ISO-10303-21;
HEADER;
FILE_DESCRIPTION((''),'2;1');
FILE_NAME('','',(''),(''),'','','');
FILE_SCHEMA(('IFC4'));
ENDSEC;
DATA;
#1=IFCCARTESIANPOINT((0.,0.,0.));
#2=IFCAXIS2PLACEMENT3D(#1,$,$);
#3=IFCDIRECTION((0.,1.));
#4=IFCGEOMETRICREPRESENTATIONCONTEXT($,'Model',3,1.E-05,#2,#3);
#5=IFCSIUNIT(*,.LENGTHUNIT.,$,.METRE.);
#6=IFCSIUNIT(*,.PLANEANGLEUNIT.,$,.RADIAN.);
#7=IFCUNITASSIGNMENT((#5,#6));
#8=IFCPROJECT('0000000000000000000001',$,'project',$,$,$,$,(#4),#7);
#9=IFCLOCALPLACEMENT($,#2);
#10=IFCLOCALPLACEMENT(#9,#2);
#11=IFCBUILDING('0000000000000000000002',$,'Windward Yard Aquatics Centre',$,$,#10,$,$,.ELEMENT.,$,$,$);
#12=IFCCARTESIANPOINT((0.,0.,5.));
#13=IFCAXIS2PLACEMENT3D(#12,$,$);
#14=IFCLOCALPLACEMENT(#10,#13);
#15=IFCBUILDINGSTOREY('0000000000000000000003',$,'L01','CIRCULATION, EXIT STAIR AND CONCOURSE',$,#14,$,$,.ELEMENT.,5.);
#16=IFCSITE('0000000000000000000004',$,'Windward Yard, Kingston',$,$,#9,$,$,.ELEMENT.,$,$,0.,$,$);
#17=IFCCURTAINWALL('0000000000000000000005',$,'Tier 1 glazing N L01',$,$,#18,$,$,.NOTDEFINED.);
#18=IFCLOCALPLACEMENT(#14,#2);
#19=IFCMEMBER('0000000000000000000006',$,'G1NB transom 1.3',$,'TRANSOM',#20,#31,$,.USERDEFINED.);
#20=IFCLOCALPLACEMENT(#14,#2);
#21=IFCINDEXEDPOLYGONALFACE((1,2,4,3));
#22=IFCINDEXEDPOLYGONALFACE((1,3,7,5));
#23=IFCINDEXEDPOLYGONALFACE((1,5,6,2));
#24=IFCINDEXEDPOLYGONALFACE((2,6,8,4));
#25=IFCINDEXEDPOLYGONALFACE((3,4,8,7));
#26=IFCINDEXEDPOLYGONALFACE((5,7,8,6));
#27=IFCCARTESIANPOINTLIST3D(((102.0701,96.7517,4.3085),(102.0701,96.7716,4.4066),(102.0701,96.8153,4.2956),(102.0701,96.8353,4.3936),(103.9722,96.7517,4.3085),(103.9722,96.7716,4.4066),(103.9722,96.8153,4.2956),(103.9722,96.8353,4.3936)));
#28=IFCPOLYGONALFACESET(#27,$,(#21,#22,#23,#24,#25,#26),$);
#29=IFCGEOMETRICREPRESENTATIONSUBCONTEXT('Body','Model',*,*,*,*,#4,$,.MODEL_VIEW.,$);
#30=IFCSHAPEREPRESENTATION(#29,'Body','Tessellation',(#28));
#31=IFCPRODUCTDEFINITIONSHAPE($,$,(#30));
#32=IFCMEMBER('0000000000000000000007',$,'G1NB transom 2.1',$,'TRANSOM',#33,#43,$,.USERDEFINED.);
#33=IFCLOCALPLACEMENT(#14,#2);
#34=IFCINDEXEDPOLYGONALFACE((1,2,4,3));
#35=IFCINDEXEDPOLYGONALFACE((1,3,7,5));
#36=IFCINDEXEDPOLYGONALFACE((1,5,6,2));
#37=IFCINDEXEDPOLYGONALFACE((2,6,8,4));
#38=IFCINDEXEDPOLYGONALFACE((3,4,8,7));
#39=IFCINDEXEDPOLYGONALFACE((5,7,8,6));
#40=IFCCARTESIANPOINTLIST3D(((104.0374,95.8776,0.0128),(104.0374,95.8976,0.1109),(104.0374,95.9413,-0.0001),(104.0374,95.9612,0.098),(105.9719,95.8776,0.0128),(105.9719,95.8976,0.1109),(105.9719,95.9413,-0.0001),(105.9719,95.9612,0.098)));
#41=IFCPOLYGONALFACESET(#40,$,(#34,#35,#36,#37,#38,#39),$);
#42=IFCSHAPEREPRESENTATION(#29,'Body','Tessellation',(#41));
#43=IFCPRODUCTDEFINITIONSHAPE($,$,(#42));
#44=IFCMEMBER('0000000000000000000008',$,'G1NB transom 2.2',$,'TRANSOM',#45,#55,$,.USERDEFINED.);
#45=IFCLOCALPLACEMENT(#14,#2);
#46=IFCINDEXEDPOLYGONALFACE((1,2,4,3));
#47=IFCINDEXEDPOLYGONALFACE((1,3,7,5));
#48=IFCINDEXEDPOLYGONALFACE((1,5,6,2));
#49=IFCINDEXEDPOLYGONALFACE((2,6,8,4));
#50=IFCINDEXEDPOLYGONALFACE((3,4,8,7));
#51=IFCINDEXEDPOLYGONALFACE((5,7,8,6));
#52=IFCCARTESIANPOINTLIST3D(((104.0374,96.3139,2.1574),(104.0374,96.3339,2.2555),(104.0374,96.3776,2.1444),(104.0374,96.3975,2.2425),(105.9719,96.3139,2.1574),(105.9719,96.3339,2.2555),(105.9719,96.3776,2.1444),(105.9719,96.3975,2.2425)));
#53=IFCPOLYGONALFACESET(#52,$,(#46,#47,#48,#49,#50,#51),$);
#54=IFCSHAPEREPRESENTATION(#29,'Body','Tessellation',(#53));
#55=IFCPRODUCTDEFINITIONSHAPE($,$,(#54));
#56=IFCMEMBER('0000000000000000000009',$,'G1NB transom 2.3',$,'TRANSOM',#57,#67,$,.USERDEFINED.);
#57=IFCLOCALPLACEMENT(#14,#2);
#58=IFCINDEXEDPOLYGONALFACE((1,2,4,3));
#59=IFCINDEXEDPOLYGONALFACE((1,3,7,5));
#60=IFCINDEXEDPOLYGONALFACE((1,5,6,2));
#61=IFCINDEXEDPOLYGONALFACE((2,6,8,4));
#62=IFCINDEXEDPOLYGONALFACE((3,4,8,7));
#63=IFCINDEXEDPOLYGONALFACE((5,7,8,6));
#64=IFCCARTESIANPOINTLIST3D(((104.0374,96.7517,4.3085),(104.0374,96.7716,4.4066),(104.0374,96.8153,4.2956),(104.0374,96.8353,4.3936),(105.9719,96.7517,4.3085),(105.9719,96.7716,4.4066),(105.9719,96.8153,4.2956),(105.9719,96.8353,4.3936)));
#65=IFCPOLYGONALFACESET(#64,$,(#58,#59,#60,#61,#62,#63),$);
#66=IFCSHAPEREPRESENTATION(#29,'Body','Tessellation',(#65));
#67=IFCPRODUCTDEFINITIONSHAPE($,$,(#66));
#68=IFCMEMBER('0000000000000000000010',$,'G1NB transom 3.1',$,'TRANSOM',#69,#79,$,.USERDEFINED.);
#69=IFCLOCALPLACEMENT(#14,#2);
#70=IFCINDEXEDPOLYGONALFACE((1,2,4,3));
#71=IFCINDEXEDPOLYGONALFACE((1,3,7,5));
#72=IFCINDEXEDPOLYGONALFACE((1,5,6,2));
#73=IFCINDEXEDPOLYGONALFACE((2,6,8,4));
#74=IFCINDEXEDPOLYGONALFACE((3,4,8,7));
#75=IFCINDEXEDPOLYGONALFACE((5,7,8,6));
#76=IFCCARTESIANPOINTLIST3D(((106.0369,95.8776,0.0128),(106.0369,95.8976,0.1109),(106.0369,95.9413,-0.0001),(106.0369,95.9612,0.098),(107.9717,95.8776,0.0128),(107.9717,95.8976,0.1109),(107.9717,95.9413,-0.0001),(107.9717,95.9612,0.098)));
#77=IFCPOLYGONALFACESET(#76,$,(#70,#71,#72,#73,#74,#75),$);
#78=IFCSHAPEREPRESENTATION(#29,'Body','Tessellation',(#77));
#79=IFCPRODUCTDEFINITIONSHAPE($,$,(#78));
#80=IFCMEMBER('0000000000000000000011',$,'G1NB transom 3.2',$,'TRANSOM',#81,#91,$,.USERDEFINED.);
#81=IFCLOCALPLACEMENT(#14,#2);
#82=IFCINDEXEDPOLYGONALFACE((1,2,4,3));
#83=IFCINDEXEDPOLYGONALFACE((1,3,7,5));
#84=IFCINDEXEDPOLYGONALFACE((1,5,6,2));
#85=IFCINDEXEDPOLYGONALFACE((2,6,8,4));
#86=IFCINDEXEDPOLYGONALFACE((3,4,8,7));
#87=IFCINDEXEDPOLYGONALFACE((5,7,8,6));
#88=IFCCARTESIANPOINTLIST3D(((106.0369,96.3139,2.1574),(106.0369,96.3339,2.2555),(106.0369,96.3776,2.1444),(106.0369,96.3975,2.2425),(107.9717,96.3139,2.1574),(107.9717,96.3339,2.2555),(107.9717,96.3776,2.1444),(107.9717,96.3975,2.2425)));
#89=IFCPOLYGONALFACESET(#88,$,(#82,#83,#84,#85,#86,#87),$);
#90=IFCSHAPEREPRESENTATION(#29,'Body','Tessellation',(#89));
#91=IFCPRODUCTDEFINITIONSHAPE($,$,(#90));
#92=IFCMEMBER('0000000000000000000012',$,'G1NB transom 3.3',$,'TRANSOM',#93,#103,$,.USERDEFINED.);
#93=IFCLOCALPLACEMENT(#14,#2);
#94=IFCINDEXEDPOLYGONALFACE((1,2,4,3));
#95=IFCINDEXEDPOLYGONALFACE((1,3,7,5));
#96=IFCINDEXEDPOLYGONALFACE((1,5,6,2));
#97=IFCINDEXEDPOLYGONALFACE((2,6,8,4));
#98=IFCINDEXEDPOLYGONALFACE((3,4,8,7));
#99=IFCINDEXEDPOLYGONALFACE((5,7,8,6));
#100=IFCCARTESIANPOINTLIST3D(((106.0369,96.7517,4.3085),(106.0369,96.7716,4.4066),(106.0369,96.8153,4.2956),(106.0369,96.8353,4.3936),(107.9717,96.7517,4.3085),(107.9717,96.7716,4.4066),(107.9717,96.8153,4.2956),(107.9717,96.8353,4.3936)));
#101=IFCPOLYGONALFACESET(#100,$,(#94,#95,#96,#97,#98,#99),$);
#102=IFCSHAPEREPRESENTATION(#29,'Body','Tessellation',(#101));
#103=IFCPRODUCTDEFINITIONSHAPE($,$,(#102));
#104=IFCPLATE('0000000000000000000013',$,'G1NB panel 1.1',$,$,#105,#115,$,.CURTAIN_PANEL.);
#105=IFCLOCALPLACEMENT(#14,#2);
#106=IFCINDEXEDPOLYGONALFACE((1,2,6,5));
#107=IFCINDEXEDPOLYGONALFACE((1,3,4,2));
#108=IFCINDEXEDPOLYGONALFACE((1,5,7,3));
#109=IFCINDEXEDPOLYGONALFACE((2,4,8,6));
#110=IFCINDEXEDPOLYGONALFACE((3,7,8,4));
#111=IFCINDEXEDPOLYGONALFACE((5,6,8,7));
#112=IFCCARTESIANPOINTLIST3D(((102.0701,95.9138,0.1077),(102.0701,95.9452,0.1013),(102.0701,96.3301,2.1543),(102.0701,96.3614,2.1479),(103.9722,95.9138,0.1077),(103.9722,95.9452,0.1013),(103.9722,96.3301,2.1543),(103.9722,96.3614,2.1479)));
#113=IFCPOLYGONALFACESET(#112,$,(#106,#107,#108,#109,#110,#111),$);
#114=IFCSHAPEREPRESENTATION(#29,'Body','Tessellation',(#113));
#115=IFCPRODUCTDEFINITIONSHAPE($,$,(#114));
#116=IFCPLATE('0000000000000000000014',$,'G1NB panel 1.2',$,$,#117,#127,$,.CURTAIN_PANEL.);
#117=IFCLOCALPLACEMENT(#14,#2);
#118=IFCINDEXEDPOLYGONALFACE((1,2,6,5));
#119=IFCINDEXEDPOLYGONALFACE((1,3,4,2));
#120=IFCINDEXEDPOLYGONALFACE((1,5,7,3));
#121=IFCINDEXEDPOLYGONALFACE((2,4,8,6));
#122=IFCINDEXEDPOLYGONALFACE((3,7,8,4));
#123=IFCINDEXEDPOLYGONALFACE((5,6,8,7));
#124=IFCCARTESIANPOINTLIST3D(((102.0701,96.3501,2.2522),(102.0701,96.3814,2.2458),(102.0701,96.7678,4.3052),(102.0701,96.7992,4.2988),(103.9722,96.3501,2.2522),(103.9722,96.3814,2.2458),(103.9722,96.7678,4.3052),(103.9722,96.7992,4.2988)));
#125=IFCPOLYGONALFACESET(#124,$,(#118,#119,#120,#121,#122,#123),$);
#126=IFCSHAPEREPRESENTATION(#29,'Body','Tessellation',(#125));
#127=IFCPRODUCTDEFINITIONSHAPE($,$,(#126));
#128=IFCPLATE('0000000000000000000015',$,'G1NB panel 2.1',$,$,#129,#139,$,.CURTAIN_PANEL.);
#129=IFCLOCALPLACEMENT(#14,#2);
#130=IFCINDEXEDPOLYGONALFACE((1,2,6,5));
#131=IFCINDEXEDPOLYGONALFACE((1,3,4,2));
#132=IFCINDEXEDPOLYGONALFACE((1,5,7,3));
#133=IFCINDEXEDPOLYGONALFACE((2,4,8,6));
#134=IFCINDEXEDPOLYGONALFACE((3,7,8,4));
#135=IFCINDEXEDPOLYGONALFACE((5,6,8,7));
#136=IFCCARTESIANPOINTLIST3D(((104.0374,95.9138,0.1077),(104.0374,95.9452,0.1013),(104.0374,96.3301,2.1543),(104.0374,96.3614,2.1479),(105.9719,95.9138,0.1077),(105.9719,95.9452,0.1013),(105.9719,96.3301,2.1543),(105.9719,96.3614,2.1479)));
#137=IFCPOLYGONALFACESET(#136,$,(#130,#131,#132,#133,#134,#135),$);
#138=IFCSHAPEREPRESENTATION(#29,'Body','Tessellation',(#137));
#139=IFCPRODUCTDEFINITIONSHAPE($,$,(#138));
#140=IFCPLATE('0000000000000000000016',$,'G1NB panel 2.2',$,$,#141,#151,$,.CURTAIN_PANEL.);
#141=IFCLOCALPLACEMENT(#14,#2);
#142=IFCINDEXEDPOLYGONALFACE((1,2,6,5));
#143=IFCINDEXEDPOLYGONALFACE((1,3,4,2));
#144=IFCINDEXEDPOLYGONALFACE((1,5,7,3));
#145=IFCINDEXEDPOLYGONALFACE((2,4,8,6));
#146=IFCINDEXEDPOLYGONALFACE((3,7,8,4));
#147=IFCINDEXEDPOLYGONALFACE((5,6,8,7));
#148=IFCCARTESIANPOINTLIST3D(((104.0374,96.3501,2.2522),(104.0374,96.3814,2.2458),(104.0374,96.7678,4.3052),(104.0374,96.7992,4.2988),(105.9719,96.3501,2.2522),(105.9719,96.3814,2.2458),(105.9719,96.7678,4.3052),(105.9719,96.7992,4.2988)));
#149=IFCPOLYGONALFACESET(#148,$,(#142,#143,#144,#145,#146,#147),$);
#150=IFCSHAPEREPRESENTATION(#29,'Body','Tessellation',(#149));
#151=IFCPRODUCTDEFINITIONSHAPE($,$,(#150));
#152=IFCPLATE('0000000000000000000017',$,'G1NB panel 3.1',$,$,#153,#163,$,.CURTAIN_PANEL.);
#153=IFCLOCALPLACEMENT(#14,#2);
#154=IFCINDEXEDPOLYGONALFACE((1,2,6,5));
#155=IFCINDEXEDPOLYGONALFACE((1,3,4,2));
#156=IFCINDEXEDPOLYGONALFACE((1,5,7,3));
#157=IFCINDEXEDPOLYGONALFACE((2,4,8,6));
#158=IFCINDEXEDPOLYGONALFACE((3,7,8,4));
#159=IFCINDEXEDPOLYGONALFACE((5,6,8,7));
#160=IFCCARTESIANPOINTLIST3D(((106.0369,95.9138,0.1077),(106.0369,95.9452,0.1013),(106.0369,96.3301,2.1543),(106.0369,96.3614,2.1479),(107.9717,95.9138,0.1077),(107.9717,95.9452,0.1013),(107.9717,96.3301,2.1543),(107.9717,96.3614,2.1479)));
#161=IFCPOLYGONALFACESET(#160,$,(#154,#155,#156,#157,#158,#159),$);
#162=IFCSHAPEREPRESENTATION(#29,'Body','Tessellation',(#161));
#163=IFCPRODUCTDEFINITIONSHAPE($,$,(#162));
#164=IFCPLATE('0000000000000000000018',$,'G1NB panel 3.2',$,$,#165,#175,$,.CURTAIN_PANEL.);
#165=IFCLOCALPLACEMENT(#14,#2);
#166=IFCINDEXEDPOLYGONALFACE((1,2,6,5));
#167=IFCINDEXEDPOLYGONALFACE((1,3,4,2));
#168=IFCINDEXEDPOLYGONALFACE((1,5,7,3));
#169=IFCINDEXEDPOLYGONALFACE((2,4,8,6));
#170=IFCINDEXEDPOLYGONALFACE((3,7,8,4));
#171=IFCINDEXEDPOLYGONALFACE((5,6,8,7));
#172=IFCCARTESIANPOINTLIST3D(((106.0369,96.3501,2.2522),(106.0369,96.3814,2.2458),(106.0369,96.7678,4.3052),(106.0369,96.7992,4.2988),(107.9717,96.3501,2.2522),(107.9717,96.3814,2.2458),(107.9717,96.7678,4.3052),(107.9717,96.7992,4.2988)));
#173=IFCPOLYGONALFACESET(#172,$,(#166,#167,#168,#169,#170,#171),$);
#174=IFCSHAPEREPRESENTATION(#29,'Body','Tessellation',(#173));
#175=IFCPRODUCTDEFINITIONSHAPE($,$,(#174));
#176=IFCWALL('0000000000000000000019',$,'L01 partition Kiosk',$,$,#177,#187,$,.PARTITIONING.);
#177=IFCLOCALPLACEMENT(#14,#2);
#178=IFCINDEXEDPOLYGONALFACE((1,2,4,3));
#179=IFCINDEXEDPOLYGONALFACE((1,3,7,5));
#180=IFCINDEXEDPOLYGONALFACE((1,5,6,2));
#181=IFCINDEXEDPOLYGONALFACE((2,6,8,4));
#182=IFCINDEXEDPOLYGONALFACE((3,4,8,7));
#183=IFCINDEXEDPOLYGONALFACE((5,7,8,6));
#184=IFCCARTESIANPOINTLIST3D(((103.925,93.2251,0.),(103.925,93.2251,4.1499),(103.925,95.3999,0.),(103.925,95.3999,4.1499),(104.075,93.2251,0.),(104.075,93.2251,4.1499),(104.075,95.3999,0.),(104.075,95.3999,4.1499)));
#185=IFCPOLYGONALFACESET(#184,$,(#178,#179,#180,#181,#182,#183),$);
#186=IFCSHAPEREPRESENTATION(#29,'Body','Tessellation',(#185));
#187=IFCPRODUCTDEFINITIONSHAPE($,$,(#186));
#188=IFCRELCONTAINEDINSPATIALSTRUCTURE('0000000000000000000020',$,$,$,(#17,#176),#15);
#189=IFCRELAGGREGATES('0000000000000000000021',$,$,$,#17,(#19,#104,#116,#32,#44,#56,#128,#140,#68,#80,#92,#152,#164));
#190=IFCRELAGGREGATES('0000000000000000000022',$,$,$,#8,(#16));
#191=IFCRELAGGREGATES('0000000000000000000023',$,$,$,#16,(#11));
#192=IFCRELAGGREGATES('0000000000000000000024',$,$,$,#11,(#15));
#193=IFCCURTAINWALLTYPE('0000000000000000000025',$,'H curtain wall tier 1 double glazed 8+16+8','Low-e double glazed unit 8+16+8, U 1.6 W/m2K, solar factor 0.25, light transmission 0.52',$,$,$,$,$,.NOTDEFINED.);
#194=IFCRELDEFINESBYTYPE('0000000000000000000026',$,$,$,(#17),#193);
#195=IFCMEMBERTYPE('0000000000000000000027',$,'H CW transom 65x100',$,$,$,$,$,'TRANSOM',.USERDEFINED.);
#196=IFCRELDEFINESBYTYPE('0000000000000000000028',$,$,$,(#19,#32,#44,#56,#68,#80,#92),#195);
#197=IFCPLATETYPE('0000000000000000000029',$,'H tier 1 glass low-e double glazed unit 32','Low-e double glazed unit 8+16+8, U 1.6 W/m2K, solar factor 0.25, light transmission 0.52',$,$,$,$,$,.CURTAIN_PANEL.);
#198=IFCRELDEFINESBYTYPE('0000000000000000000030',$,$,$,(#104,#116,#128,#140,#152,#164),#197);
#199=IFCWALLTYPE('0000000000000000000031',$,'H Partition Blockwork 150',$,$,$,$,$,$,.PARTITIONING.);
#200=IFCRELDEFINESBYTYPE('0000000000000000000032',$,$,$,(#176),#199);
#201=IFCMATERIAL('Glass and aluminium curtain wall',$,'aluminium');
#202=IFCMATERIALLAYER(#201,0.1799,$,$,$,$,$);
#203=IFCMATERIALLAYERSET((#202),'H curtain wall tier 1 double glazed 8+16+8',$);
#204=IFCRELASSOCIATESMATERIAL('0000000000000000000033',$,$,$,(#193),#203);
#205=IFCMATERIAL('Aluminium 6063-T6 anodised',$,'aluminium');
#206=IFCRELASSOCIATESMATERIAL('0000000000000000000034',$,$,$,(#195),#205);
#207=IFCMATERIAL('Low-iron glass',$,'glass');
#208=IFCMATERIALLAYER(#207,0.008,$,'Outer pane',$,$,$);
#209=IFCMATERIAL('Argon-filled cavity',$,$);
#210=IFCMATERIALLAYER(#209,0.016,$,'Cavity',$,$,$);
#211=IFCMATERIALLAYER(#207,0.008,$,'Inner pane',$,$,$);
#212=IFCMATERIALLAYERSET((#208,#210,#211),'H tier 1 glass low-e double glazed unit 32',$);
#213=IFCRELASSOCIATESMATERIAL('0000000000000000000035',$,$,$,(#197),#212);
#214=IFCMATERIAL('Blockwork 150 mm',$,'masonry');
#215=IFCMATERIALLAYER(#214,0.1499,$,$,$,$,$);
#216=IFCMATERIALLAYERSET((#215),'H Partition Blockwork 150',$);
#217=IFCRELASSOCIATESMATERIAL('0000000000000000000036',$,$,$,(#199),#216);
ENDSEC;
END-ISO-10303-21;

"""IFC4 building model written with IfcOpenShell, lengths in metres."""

from ifc_helpers import new_model, si_unit, direction, frame, frame_2d, origin, origin_2d, place, context, subcontext, project, spatial, polyline, rectangle, outline, extrude, material, layer, layer_set, material_profile, profile_set, type_object, element, aggregate, save


model = new_model("IFC4")

# Units and contexts
model_context = context("Model", 3, precision=1e-05, world=origin(), true_north=direction((0.0, 1.0)))
body_context = subcontext(model_context, "Body", "Model", "MODEL_VIEW")
ifc_project = project(units=[si_unit("LENGTHUNIT", "METRE"), si_unit("PLANEANGLEUNIT", "RADIAN")], contexts=[model_context])

# Site, building, storey
site_placement = place(None, origin())
site = spatial("IfcSite", under=ifc_project, at=site_placement, Name="Windward Yard, Kingston", CompositionType="ELEMENT", RefElevation=0.0)
building_placement = place(site_placement, origin())
building = spatial("IfcBuilding", under=site, at=building_placement, Name="Windward Yard Aquatics Centre", CompositionType="ELEMENT")
storey_placement = place(building_placement, frame((0.0, 0.0, 5.0)))
storey = spatial("IfcBuildingStorey", under=building, at=storey_placement, Name="L01", Description="CIRCULATION, EXIT STAIR AND CONCOURSE", CompositionType="ELEMENT", Elevation=5.0)

# Curtain wall, members, plates
ifc_material_1 = material(Name="Glass and aluminium curtain wall", Category="aluminium")
ifc_layer_1 = layer(ifc_material_1, 0.1799)
ifc_layer_set_1 = layer_set([ifc_layer_1], Name="H curtain wall tier 1 double glazed 8+16+8")
curtain_wall_type = type_object("IfcCurtainWallType", Name="H curtain wall tier 1 double glazed 8+16+8", Description="Low-e double glazed unit 8+16+8, U 1.6 W/m2K, solar factor 0.25, light transmission 0.52", PredefinedType="NOTDEFINED", material=ifc_layer_set_1)
curtain_wall_placement = place(storey_placement, origin())
curtain_wall = element("IfcCurtainWall", 1, at=curtain_wall_placement, inside=storey, type_object=curtain_wall_type, Name="Tier 1 glazing N L01", PredefinedType="NOTDEFINED")
ifc_material_2 = material(Name="Aluminium 6063-T6 anodised", Category="aluminium")
ifc_material_profile_1 = material_profile(ifc_material_2, rectangle(XDim=0.0649, YDim=0.1001, at=origin_2d()), Name="H CW transom 65x100")
ifc_profile_set_1 = profile_set([ifc_material_profile_1], Name="Aluminium 6063-T6 anodised")
member_type_1 = type_object("IfcMemberType", Name="H CW transom 65x100", ElementType="TRANSOM", PredefinedType="USERDEFINED", material=ifc_profile_set_1)
member_1_placement = place(storey_placement, frame((102.0701, 96.7935, 4.3511), z_axis=(1.0, 0.0, 0.0), x_axis=(0.0, -0.979925, 0.199368)))
member_1 = element("IfcMember", 2, at=member_1_placement, type_object=member_type_1, Name="G1NB transom 1.3", ObjectType="TRANSOM", PredefinedType="USERDEFINED", context=body_context, shape_type="SweptSolid", body=[
    extrude(rectangle(XDim=0.0649, YDim=0.1001, at=origin_2d()), origin(), (0.0, 0.0, 1.0), 1.9021),
])
member_2_placement = place(storey_placement, frame((104.0374, 95.9194, 0.0554), z_axis=(1.0, 0.0, 0.0), x_axis=(0.0, -0.979925, 0.199368)))
member_2 = element("IfcMember", 3, at=member_2_placement, type_object=member_type_1, Name="G1NB transom 2.1", ObjectType="TRANSOM", PredefinedType="USERDEFINED", context=body_context, shape_type="SweptSolid", body=[
    extrude(rectangle(XDim=0.0649, YDim=0.1001, at=origin_2d()), origin(), (0.0, 0.0, 1.0), 1.9346),
])
member_3_placement = place(storey_placement, frame((104.0374, 96.3557, 2.2), z_axis=(1.0, 0.0, 0.0), x_axis=(0.0, -0.979925, 0.199368)))
member_3 = element("IfcMember", 4, at=member_3_placement, type_object=member_type_1, Name="G1NB transom 2.2", ObjectType="TRANSOM", PredefinedType="USERDEFINED", context=body_context, shape_type="SweptSolid", body=[
    extrude(rectangle(XDim=0.0649, YDim=0.1001, at=origin_2d()), origin(), (0.0, 0.0, 1.0), 1.9346),
])
member_4_placement = place(storey_placement, frame((104.0374, 96.7935, 4.3511), z_axis=(1.0, 0.0, 0.0), x_axis=(0.0, -0.979925, 0.199368)))
member_4 = element("IfcMember", 5, at=member_4_placement, type_object=member_type_1, Name="G1NB transom 2.3", ObjectType="TRANSOM", PredefinedType="USERDEFINED", context=body_context, shape_type="SweptSolid", body=[
    extrude(rectangle(XDim=0.0649, YDim=0.1001, at=origin_2d()), origin(), (0.0, 0.0, 1.0), 1.9346),
])
member_5_placement = place(storey_placement, frame((106.0369, 95.9194, 0.0554), z_axis=(1.0, 0.0, 0.0), x_axis=(0.0, -0.979925, 0.199368)))
member_5 = element("IfcMember", 6, at=member_5_placement, type_object=member_type_1, Name="G1NB transom 3.1", ObjectType="TRANSOM", PredefinedType="USERDEFINED", context=body_context, shape_type="SweptSolid", body=[
    extrude(rectangle(XDim=0.0649, YDim=0.1001, at=origin_2d()), origin(), (0.0, 0.0, 1.0), 1.9348),
])
member_6_placement = place(storey_placement, frame((106.0369, 96.3557, 2.2), z_axis=(1.0, 0.0, 0.0), x_axis=(0.0, -0.979925, 0.199368)))
member_6 = element("IfcMember", 7, at=member_6_placement, type_object=member_type_1, Name="G1NB transom 3.2", ObjectType="TRANSOM", PredefinedType="USERDEFINED", context=body_context, shape_type="SweptSolid", body=[
    extrude(rectangle(XDim=0.0649, YDim=0.1001, at=origin_2d()), origin(), (0.0, 0.0, 1.0), 1.9348),
])
member_7_placement = place(storey_placement, frame((106.0369, 96.7935, 4.3511), z_axis=(1.0, 0.0, 0.0), x_axis=(0.0, -0.979925, 0.199368)))
member_7 = element("IfcMember", 8, at=member_7_placement, type_object=member_type_1, Name="G1NB transom 3.3", ObjectType="TRANSOM", PredefinedType="USERDEFINED", context=body_context, shape_type="SweptSolid", body=[
    extrude(rectangle(XDim=0.0649, YDim=0.1001, at=origin_2d()), origin(), (0.0, 0.0, 1.0), 1.9348),
])
ifc_material_3 = material(Name="Low-iron glass", Category="glass")
ifc_layer_2 = layer(ifc_material_3, 0.008, Name="Outer pane")
ifc_material_4 = material(Name="Argon-filled cavity")
ifc_layer_3 = layer(ifc_material_4, 0.016, Name="Cavity")
ifc_layer_4 = layer(ifc_material_3, 0.008, Name="Inner pane")
ifc_layer_set_2 = layer_set([ifc_layer_2, ifc_layer_3, ifc_layer_4], Name="H tier 1 glass low-e double glazed unit 32")
plate_type = type_object("IfcPlateType", Name="H tier 1 glass low-e double glazed unit 32", Description="Low-e double glazed unit 8+16+8, U 1.6 W/m2K, solar factor 0.25, light transmission 0.52", PredefinedType="CURTAIN_PANEL", material=ifc_layer_set_2)
plate_1_placement = place(storey_placement, frame((102.0701, 95.9138, 0.1077), z_axis=(0.0, -0.979937, 0.199307), x_axis=(1.0, 0.0, 0.0)))
plate_1 = element("IfcPlate", 9, at=plate_1_placement, type_object=plate_type, Name="G1NB panel 1.1", PredefinedType="CURTAIN_PANEL", context=body_context, shape_type="SweptSolid", body=[
    extrude(outline(polyline([(0.0, 0.0), (1.9021, 0.0), (1.9021, 2.0885), (0.0, 2.0885), (0.0, 0.0)])), origin(), (0.0, 0.0, -1.0), 0.032),
])
plate_2_placement = place(storey_placement, frame((102.0701, 96.3501, 2.2522), z_axis=(0.0, -0.979921, 0.199387), x_axis=(1.0, 0.0, 0.0)))
plate_2 = element("IfcPlate", 10, at=plate_2_placement, type_object=plate_type, Name="G1NB panel 1.2", PredefinedType="CURTAIN_PANEL", context=body_context, shape_type="SweptSolid", body=[
    extrude(outline(polyline([(0.0, 0.0), (1.9021, 0.0), (1.9021, 2.095), (0.0, 2.095), (0.0, 0.0)])), origin(), (0.0, 0.0, -1.0), 0.032),
])
plate_3_placement = place(storey_placement, frame((104.0374, 95.9138, 0.1077), z_axis=(0.0, -0.979937, 0.199307), x_axis=(1.0, 0.0, 0.0)))
plate_3 = element("IfcPlate", 11, at=plate_3_placement, type_object=plate_type, Name="G1NB panel 2.1", PredefinedType="CURTAIN_PANEL", context=body_context, shape_type="SweptSolid", body=[
    extrude(outline(polyline([(0.0, 0.0), (1.9346, 0.0), (1.9346, 2.0885), (0.0, 2.0885), (0.0, 0.0)])), origin(), (0.0, 0.0, -1.0), 0.032),
])
plate_4_placement = place(storey_placement, frame((104.0374, 96.3501, 2.2522), z_axis=(0.0, -0.979921, 0.199387), x_axis=(1.0, 0.0, 0.0)))
plate_4 = element("IfcPlate", 12, at=plate_4_placement, type_object=plate_type, Name="G1NB panel 2.2", PredefinedType="CURTAIN_PANEL", context=body_context, shape_type="SweptSolid", body=[
    extrude(outline(polyline([(0.0, 0.0), (1.9346, 0.0), (1.9346, 2.095), (0.0, 2.095), (0.0, 0.0)])), origin(), (0.0, 0.0, -1.0), 0.032),
])
plate_5_placement = place(storey_placement, frame((106.0369, 95.9138, 0.1077), z_axis=(0.0, -0.979937, 0.199307), x_axis=(1.0, 0.0, 0.0)))
plate_5 = element("IfcPlate", 13, at=plate_5_placement, type_object=plate_type, Name="G1NB panel 3.1", PredefinedType="CURTAIN_PANEL", context=body_context, shape_type="SweptSolid", body=[
    extrude(outline(polyline([(0.0, 0.0), (1.9348, 0.0), (1.9348, 2.0885), (0.0, 2.0885), (0.0, 0.0)])), origin(), (0.0, 0.0, -1.0), 0.032),
])
plate_6_placement = place(storey_placement, frame((106.0369, 96.3501, 2.2522), z_axis=(0.0, -0.979921, 0.199387), x_axis=(1.0, 0.0, 0.0)))
plate_6 = element("IfcPlate", 14, at=plate_6_placement, type_object=plate_type, Name="G1NB panel 3.2", PredefinedType="CURTAIN_PANEL", context=body_context, shape_type="SweptSolid", body=[
    extrude(outline(polyline([(0.0, 0.0), (1.9348, 0.0), (1.9348, 2.095), (0.0, 2.095), (0.0, 0.0)])), origin(), (0.0, 0.0, -1.0), 0.032),
])
aggregate(curtain_wall, [member_1, plate_1, plate_2, member_2, member_3, member_4, plate_3, plate_4, member_5, member_6, member_7, plate_5, plate_6])

# Wall
ifc_material_5 = material(Name="Blockwork 150 mm", Category="masonry")
ifc_layer_5 = layer(ifc_material_5, 0.1499)
ifc_layer_set_3 = layer_set([ifc_layer_5], Name="H Partition Blockwork 150")
wall_type = type_object("IfcWallType", Name="H Partition Blockwork 150", PredefinedType="PARTITIONING", material=ifc_layer_set_3)
wall_1_placement = place(storey_placement, frame((104.0, 95.3999, 0.0), z_axis=(0.0, 0.0, 1.0), x_axis=(0.0, -1.0, 0.0)))
element("IfcWall", 15, at=wall_1_placement, inside=storey, type_object=wall_type, Name="L01 partition Kiosk", PredefinedType="PARTITIONING", context=body_context, shape_type="SweptSolid", body=[
    extrude(rectangle(XDim=2.1748, YDim=0.1499, at=frame_2d((1.0874, 0.0))), origin(), (0.0, 0.0, 1.0), 4.1499),
])

save(model, "model.ifc")
